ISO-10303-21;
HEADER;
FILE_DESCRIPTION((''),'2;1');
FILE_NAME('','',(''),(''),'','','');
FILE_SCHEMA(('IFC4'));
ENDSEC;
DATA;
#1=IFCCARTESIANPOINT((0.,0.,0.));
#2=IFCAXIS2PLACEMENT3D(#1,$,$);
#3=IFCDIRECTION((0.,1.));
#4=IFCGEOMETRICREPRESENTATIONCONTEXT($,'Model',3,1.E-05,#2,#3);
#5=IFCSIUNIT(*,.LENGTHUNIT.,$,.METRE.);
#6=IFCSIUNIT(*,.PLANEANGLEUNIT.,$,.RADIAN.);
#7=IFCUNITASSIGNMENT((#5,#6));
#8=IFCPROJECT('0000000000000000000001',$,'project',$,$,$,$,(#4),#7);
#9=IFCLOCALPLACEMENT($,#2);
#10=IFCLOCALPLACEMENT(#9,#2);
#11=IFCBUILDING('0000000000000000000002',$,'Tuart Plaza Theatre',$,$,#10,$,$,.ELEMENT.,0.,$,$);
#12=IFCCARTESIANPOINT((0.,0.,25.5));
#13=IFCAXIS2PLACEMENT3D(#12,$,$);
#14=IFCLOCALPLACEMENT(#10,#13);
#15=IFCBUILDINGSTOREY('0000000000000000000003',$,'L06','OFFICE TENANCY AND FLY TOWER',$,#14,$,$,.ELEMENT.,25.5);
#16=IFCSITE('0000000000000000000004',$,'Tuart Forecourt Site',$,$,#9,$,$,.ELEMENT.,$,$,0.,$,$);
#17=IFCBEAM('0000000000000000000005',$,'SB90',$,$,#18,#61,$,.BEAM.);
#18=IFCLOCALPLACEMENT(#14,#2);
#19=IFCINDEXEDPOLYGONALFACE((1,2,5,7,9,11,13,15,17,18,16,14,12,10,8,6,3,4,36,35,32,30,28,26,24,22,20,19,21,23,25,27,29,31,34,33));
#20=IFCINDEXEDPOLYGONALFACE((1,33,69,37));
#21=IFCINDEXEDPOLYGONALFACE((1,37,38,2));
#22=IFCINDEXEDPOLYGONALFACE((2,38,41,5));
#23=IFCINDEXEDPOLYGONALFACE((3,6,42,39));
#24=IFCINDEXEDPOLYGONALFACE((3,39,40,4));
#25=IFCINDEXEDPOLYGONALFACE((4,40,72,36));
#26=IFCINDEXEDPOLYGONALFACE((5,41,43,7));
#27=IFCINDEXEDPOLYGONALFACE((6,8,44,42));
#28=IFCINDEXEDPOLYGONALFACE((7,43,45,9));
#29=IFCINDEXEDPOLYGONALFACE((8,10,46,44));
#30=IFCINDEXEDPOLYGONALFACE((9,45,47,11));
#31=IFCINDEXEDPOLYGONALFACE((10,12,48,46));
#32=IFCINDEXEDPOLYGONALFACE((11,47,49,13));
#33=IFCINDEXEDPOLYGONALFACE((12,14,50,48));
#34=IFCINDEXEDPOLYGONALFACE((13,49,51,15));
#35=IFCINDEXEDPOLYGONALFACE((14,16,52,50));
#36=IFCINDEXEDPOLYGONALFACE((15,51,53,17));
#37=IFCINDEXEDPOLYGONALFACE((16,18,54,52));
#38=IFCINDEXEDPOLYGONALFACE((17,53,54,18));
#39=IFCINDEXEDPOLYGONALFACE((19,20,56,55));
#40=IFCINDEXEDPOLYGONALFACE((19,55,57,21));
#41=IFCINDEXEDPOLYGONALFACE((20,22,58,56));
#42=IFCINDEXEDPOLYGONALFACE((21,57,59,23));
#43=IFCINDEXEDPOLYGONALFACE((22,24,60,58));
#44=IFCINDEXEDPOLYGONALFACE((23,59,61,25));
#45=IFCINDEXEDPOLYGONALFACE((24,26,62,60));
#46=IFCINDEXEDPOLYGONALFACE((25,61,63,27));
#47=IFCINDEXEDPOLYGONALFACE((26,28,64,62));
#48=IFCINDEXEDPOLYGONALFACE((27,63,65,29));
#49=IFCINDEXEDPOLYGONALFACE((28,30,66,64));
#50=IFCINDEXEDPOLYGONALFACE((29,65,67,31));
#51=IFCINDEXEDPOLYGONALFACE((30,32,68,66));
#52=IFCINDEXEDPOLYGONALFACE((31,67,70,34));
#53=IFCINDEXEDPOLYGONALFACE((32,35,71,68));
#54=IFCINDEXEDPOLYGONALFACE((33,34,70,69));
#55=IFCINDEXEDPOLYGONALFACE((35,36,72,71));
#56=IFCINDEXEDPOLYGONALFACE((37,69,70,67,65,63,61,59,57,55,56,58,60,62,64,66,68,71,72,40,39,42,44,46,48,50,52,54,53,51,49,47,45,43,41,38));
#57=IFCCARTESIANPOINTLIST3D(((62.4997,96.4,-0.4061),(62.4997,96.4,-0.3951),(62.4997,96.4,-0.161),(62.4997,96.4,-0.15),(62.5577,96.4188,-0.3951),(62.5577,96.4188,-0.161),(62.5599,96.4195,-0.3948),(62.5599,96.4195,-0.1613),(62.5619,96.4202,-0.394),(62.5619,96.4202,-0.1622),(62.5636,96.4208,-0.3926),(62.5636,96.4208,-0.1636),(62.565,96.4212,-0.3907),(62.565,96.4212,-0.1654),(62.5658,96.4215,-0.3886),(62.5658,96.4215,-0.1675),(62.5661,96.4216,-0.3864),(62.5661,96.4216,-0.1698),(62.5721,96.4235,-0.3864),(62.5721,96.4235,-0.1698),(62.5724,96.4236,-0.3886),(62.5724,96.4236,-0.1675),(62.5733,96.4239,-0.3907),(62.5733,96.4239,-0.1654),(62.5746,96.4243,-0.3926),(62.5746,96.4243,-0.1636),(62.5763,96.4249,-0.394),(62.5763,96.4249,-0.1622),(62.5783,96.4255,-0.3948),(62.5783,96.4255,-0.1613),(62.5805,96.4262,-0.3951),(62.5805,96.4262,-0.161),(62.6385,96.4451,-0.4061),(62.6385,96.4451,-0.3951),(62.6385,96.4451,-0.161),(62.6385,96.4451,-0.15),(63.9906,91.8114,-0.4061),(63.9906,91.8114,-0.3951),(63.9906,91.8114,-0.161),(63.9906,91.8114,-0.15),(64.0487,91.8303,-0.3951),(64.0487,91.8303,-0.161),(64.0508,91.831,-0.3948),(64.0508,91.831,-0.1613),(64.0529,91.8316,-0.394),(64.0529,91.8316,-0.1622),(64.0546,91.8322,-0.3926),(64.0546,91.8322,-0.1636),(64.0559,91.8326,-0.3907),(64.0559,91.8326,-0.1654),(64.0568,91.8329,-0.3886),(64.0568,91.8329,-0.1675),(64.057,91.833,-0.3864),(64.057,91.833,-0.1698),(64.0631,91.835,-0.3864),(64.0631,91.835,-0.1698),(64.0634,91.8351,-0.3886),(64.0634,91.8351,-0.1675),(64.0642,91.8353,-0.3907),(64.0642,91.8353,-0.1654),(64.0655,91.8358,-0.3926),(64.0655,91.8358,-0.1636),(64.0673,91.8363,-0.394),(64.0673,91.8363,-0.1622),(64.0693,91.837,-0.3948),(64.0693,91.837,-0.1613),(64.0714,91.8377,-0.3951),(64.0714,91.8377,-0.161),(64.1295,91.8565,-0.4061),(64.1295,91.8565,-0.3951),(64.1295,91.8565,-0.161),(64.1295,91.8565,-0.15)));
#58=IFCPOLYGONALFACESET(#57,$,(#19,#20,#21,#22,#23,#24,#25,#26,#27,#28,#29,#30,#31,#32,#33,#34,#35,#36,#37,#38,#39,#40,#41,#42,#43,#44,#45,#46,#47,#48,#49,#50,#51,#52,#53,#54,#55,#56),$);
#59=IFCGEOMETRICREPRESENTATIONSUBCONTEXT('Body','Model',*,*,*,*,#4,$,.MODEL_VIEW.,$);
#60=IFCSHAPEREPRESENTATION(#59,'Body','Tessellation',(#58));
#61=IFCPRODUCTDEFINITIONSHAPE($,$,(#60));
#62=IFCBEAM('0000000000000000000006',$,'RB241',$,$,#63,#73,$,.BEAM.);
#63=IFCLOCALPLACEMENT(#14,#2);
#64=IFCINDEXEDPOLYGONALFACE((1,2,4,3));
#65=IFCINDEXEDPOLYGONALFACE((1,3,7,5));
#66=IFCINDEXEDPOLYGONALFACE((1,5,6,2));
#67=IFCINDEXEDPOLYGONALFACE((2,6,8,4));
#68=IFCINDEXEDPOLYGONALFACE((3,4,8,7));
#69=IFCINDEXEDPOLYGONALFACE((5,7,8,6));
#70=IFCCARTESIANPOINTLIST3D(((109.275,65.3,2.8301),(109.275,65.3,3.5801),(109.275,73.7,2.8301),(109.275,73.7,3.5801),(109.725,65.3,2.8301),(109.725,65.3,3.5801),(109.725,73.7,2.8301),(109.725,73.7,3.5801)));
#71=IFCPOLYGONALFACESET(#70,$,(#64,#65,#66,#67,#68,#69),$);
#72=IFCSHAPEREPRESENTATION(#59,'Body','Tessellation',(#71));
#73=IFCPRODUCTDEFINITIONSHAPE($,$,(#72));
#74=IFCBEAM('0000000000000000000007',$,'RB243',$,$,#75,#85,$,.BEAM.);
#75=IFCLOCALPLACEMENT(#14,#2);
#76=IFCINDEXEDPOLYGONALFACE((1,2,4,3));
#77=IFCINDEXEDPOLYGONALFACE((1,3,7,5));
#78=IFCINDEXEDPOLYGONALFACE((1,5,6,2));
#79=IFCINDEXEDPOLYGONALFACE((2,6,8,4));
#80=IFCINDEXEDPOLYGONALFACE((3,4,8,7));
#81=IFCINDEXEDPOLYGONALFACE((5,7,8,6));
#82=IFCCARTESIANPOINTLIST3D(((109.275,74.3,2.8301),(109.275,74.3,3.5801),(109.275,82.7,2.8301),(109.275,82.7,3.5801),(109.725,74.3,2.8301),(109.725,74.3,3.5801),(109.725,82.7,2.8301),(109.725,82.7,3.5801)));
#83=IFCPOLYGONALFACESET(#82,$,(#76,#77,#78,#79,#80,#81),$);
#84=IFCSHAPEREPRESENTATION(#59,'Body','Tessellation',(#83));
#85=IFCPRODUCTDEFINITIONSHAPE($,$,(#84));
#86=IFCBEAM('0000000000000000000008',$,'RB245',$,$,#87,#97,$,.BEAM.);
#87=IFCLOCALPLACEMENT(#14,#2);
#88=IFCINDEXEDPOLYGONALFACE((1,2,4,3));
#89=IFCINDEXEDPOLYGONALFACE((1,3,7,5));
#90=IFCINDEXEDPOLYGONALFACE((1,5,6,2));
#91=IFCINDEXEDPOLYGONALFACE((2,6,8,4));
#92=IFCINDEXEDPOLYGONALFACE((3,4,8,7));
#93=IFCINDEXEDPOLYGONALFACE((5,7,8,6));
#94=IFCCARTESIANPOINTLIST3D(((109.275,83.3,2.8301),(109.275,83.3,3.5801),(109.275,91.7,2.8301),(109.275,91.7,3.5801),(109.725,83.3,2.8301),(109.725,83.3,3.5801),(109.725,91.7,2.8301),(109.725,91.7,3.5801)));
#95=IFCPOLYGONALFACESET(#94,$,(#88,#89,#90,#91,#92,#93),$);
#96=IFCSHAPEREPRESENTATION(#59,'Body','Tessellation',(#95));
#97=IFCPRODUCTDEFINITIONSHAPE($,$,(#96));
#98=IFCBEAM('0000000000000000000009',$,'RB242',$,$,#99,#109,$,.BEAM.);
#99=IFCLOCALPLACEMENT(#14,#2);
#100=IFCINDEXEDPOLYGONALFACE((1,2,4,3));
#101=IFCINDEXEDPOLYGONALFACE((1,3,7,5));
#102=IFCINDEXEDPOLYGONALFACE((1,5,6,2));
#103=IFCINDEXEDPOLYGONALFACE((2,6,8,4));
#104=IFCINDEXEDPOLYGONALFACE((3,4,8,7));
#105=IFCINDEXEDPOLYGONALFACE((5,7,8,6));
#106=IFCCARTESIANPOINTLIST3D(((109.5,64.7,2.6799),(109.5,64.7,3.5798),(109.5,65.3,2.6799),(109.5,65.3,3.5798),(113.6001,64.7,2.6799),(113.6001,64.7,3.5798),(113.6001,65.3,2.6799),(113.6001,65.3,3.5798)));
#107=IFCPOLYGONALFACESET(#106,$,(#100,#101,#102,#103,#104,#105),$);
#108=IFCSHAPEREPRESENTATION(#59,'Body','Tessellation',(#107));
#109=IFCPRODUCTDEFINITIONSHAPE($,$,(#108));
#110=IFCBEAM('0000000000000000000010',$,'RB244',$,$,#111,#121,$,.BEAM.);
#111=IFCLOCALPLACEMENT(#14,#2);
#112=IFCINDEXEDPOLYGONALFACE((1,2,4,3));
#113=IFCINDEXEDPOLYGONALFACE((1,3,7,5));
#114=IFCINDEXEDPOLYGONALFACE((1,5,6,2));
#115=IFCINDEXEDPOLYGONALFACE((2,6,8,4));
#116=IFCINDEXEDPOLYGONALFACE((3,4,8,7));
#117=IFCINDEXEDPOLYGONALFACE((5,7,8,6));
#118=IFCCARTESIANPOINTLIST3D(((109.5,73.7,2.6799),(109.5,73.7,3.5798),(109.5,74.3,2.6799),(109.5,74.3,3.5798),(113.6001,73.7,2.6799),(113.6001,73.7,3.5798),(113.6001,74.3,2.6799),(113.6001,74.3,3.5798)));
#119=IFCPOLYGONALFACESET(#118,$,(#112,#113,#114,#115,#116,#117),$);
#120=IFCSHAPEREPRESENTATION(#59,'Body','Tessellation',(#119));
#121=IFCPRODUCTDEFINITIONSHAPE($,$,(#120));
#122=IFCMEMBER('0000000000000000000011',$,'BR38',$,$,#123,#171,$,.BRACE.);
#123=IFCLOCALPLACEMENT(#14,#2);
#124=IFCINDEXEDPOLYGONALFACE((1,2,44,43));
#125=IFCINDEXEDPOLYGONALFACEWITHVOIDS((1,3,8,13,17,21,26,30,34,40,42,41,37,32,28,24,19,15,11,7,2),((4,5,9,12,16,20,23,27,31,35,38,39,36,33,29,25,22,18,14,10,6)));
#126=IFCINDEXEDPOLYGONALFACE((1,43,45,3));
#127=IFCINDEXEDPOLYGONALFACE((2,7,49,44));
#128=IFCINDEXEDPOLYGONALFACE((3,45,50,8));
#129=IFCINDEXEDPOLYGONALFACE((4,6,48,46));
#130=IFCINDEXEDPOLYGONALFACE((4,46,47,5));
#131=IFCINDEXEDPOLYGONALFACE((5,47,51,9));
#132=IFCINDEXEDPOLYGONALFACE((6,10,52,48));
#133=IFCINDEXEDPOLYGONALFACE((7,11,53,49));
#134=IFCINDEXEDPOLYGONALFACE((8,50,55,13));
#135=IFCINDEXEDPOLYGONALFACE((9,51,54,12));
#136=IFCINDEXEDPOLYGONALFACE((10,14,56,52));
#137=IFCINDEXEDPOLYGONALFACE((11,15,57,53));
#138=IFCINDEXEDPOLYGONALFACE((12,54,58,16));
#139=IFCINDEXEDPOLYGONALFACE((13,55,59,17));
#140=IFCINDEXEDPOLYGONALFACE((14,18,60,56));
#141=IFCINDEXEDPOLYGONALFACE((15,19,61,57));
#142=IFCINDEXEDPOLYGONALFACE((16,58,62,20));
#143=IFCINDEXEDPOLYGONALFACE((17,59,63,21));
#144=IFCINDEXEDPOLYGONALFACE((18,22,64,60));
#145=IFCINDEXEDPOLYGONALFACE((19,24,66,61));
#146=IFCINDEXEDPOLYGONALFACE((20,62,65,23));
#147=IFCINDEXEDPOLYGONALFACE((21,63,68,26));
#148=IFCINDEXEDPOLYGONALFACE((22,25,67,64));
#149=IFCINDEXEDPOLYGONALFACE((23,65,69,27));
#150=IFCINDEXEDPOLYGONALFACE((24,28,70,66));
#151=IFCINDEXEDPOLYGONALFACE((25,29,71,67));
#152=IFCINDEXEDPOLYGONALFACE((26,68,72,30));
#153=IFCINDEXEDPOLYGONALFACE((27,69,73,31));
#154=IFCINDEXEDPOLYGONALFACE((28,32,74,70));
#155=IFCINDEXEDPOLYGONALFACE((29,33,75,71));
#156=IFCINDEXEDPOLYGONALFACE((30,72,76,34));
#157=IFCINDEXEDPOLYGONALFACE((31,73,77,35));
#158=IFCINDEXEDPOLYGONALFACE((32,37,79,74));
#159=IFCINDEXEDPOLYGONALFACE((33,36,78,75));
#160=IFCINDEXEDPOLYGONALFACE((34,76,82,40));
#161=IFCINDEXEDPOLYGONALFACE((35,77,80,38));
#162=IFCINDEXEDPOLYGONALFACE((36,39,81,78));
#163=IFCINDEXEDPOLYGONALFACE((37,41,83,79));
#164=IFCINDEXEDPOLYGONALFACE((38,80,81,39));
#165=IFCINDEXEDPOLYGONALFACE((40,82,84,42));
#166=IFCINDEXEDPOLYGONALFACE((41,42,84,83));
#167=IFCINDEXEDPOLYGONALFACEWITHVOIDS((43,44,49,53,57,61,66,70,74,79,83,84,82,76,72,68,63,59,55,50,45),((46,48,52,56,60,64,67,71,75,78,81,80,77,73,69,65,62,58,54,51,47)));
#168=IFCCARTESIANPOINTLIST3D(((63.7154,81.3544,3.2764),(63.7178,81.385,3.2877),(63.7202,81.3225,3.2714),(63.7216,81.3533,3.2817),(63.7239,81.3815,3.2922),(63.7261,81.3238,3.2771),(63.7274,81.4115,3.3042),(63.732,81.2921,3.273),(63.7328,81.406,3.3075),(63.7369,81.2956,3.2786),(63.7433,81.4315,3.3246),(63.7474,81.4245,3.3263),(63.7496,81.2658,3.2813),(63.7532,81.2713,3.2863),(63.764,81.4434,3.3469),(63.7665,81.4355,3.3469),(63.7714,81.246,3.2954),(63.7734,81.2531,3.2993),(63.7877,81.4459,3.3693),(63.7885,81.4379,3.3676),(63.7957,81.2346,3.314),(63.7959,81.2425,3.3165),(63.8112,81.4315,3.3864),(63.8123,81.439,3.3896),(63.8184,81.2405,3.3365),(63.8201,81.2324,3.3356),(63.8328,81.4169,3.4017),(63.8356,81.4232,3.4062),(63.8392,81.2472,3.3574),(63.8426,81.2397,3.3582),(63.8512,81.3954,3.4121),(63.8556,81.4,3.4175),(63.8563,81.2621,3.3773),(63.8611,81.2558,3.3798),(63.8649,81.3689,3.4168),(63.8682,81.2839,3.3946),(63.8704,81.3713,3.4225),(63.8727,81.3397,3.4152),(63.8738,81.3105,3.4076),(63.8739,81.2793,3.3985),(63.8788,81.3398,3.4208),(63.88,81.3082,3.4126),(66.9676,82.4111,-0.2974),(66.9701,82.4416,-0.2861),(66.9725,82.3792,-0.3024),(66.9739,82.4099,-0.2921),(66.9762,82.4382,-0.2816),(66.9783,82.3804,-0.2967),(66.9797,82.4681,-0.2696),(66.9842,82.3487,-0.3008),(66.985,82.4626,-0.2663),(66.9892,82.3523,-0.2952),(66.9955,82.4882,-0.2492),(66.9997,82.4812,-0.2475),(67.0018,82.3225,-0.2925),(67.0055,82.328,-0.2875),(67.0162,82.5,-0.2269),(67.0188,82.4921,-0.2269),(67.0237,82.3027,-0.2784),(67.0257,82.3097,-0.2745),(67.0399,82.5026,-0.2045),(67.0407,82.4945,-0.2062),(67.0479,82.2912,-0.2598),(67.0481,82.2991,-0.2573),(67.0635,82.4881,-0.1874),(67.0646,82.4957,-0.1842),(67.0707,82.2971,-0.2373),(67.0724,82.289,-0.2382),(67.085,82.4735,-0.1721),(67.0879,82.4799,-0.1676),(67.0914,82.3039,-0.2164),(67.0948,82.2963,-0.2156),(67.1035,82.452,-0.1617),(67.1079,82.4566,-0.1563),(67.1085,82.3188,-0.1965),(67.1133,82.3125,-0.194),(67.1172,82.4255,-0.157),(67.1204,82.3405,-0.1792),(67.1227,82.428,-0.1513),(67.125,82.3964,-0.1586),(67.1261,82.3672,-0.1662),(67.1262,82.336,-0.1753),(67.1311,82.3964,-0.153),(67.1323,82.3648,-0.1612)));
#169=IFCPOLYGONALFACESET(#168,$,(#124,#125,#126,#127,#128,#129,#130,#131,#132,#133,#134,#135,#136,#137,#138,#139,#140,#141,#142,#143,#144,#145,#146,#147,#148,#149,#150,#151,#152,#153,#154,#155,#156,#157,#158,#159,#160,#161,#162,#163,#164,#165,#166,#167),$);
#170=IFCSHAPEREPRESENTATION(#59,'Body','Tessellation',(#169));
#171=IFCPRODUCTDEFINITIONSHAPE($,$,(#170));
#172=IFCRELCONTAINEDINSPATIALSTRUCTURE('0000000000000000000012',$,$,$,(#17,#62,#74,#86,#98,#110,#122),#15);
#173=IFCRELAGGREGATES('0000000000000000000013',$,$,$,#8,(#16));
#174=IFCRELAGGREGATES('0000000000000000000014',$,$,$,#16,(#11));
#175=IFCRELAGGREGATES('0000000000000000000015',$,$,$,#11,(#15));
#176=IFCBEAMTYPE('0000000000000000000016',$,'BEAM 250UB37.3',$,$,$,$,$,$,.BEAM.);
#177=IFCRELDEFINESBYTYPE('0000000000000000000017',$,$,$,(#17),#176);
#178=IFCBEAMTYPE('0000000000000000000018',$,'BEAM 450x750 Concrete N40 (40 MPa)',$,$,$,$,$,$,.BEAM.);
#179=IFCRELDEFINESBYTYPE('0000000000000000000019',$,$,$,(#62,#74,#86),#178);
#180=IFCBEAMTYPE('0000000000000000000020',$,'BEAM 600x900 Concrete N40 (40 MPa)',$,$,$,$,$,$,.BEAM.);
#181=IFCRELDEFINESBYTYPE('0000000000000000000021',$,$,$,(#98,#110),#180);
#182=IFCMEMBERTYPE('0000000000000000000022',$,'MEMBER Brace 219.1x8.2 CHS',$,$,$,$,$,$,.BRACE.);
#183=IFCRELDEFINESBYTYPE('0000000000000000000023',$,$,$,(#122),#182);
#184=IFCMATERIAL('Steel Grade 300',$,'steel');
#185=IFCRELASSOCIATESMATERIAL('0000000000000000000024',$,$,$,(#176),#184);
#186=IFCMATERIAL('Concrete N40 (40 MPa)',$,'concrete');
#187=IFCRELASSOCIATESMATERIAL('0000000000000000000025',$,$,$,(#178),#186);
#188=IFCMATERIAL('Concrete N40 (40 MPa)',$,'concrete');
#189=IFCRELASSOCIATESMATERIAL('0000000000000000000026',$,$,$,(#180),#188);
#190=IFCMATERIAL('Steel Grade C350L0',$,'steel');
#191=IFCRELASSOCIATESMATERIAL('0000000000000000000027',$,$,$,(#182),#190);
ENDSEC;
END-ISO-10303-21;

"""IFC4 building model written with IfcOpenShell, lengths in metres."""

from ifc_helpers import new_model, si_unit, direction, frame, origin, origin_2d, place, context, subcontext, project, spatial, rectangle, hollow_circle, i_section, extrude, material, material_profile, profile_set, type_object, element, save


model = new_model("IFC4")

# Units and contexts
model_context = context("Model", 3, precision=1e-05, world=origin(), true_north=direction((0.0, 1.0)))
body_context = subcontext(model_context, "Body", "Model", "MODEL_VIEW")
ifc_project = project(units=[si_unit("LENGTHUNIT", "METRE"), si_unit("PLANEANGLEUNIT", "RADIAN")], contexts=[model_context])

# Site, building, storey
site_placement = place(None, origin())
site = spatial("IfcSite", under=ifc_project, at=site_placement, Name="Tuart Forecourt Site", CompositionType="ELEMENT", RefElevation=0.0)
building_placement = place(site_placement, origin())
building = spatial("IfcBuilding", under=site, at=building_placement, Name="Tuart Plaza Theatre", CompositionType="ELEMENT", ElevationOfRefHeight=0.0)
storey_placement = place(building_placement, frame((0.0, 0.0, 25.5)))
storey = spatial("IfcBuildingStorey", under=building, at=storey_placement, Name="L06", Description="OFFICE TENANCY AND FLY TOWER", CompositionType="ELEMENT", Elevation=25.5)

# Beams
ifc_material_1 = material(Name="Steel Grade 300", Category="steel")
ifc_material_profile_1 = material_profile(ifc_material_1, i_section(OverallWidth=0.146, OverallDepth=0.2561, WebThickness=0.0063, FlangeThickness=0.011, FilletRadius=0.0088, at=origin_2d()), Name="250UB37.3")
ifc_profile_set_1 = profile_set([ifc_material_profile_1], Name="Steel Grade 300")
beam_type_1 = type_object("IfcBeamType", Name="BEAM 250UB37.3", PredefinedType="BEAM", material=ifc_profile_set_1)
beam_1_placement = place(storey_placement, frame((64.0601, 91.834, -0.2781), z_axis=(-0.309023, 0.951055, 0.0), x_axis=(-0.951055, -0.309023, 0.0)))
element("IfcBeam", 1, at=beam_1_placement, inside=storey, type_object=beam_type_1, Name="SB90", PredefinedType="BEAM", context=body_context, shape_type="SweptSolid", body=[
    extrude(i_section(OverallWidth=0.146, OverallDepth=0.2561, WebThickness=0.0063, FlangeThickness=0.011, FilletRadius=0.0088, at=origin_2d()), origin(), (0.0, 0.0, 1.0), 4.8247),
])
ifc_material_2 = material(Name="Concrete N40 (40 MPa)", Category="concrete")
ifc_material_profile_2 = material_profile(ifc_material_2, rectangle(XDim=0.45, YDim=0.75, at=origin_2d()), Name="BEAM 450x750 Concrete N40 (40 MPa)")
ifc_profile_set_2 = profile_set([ifc_material_profile_2], Name="Concrete N40 (40 MPa)")
beam_type_2 = type_object("IfcBeamType", Name="BEAM 450x750 Concrete N40 (40 MPa)", PredefinedType="BEAM", material=ifc_profile_set_2)
for number, where, z_axis, x_axis, name in (
    (2, (109.5, 65.3, 3.2051), (0.0, 1.0, 0.0), (-1.0, 0.0, 0.0), "RB241"),
    (3, (109.5, 74.3, 3.2051), (0.0, 1.0, 0.0), (-1.0, 0.0, 0.0), "RB243"),
    (4, (109.5, 83.3, 3.2051), (0.0, 1.0, 0.0), (-1.0, 0.0, 0.0), "RB245"),
):
    element("IfcBeam", number, at=place(storey_placement, frame(where, z_axis=z_axis, x_axis=x_axis)), inside=storey, type_object=beam_type_2, Name=name, PredefinedType="BEAM", context=body_context, shape_type="SweptSolid", body=[
        extrude(rectangle(XDim=0.45, YDim=0.75, at=origin_2d()), origin(), (0.0, 0.0, 1.0), 8.3999),
    ])
ifc_material_3 = material(Name="Concrete N40 (40 MPa)", Category="concrete")
ifc_material_profile_3 = material_profile(ifc_material_3, rectangle(XDim=0.6001, YDim=0.8999, at=origin_2d()), Name="BEAM 600x900 Concrete N40 (40 MPa)")
ifc_profile_set_3 = profile_set([ifc_material_profile_3], Name="Concrete N40 (40 MPa)")
beam_type_3 = type_object("IfcBeamType", Name="BEAM 600x900 Concrete N40 (40 MPa)", PredefinedType="BEAM", material=ifc_profile_set_3)
for number, where, z_axis, x_axis, name in (
    (5, (109.5, 65.0, 3.1299), (1.0, 0.0, 0.0), (0.0, 1.0, 0.0), "RB242"),
    (6, (109.5, 74.0, 3.1299), (1.0, 0.0, 0.0), (0.0, 1.0, 0.0), "RB244"),
):
    element("IfcBeam", number, at=place(storey_placement, frame(where, z_axis=z_axis, x_axis=x_axis)), inside=storey, type_object=beam_type_3, Name=name, PredefinedType="BEAM", context=body_context, shape_type="SweptSolid", body=[
        extrude(rectangle(XDim=0.6001, YDim=0.8999, at=origin_2d()), origin(), (0.0, 0.0, 1.0), 4.1001),
    ])

# Member
ifc_material_4 = material(Name="Steel Grade C350L0", Category="steel")
ifc_material_profile_4 = material_profile(ifc_material_4, hollow_circle(Radius=0.1096, WallThickness=0.0083, at=origin_2d()), Name="219.1x8.2 CHS")
ifc_profile_set_4 = profile_set([ifc_material_profile_4], Name="Steel Grade C350L0")
member_type_1 = type_object("IfcMemberType", Name="MEMBER Brace 219.1x8.2 CHS", PredefinedType="BRACE", material=ifc_profile_set_4)
member_placement = place(storey_placement, frame((63.7979, 81.3391, 3.3469), z_axis=(0.657515, 0.213627, -0.722521), x_axis=(-0.309001, 0.951062, 0.0)))
element("IfcMember", 7, at=member_placement, inside=storey, type_object=member_type_1, Name="BR38", PredefinedType="BRACE", context=body_context, shape_type="SweptSolid", body=[
    extrude(hollow_circle(Radius=0.1096, WallThickness=0.0083, at=origin_2d()), origin(), (0.0, 0.0, 1.0), 4.9463),
])

save(model, "model.ifc")
